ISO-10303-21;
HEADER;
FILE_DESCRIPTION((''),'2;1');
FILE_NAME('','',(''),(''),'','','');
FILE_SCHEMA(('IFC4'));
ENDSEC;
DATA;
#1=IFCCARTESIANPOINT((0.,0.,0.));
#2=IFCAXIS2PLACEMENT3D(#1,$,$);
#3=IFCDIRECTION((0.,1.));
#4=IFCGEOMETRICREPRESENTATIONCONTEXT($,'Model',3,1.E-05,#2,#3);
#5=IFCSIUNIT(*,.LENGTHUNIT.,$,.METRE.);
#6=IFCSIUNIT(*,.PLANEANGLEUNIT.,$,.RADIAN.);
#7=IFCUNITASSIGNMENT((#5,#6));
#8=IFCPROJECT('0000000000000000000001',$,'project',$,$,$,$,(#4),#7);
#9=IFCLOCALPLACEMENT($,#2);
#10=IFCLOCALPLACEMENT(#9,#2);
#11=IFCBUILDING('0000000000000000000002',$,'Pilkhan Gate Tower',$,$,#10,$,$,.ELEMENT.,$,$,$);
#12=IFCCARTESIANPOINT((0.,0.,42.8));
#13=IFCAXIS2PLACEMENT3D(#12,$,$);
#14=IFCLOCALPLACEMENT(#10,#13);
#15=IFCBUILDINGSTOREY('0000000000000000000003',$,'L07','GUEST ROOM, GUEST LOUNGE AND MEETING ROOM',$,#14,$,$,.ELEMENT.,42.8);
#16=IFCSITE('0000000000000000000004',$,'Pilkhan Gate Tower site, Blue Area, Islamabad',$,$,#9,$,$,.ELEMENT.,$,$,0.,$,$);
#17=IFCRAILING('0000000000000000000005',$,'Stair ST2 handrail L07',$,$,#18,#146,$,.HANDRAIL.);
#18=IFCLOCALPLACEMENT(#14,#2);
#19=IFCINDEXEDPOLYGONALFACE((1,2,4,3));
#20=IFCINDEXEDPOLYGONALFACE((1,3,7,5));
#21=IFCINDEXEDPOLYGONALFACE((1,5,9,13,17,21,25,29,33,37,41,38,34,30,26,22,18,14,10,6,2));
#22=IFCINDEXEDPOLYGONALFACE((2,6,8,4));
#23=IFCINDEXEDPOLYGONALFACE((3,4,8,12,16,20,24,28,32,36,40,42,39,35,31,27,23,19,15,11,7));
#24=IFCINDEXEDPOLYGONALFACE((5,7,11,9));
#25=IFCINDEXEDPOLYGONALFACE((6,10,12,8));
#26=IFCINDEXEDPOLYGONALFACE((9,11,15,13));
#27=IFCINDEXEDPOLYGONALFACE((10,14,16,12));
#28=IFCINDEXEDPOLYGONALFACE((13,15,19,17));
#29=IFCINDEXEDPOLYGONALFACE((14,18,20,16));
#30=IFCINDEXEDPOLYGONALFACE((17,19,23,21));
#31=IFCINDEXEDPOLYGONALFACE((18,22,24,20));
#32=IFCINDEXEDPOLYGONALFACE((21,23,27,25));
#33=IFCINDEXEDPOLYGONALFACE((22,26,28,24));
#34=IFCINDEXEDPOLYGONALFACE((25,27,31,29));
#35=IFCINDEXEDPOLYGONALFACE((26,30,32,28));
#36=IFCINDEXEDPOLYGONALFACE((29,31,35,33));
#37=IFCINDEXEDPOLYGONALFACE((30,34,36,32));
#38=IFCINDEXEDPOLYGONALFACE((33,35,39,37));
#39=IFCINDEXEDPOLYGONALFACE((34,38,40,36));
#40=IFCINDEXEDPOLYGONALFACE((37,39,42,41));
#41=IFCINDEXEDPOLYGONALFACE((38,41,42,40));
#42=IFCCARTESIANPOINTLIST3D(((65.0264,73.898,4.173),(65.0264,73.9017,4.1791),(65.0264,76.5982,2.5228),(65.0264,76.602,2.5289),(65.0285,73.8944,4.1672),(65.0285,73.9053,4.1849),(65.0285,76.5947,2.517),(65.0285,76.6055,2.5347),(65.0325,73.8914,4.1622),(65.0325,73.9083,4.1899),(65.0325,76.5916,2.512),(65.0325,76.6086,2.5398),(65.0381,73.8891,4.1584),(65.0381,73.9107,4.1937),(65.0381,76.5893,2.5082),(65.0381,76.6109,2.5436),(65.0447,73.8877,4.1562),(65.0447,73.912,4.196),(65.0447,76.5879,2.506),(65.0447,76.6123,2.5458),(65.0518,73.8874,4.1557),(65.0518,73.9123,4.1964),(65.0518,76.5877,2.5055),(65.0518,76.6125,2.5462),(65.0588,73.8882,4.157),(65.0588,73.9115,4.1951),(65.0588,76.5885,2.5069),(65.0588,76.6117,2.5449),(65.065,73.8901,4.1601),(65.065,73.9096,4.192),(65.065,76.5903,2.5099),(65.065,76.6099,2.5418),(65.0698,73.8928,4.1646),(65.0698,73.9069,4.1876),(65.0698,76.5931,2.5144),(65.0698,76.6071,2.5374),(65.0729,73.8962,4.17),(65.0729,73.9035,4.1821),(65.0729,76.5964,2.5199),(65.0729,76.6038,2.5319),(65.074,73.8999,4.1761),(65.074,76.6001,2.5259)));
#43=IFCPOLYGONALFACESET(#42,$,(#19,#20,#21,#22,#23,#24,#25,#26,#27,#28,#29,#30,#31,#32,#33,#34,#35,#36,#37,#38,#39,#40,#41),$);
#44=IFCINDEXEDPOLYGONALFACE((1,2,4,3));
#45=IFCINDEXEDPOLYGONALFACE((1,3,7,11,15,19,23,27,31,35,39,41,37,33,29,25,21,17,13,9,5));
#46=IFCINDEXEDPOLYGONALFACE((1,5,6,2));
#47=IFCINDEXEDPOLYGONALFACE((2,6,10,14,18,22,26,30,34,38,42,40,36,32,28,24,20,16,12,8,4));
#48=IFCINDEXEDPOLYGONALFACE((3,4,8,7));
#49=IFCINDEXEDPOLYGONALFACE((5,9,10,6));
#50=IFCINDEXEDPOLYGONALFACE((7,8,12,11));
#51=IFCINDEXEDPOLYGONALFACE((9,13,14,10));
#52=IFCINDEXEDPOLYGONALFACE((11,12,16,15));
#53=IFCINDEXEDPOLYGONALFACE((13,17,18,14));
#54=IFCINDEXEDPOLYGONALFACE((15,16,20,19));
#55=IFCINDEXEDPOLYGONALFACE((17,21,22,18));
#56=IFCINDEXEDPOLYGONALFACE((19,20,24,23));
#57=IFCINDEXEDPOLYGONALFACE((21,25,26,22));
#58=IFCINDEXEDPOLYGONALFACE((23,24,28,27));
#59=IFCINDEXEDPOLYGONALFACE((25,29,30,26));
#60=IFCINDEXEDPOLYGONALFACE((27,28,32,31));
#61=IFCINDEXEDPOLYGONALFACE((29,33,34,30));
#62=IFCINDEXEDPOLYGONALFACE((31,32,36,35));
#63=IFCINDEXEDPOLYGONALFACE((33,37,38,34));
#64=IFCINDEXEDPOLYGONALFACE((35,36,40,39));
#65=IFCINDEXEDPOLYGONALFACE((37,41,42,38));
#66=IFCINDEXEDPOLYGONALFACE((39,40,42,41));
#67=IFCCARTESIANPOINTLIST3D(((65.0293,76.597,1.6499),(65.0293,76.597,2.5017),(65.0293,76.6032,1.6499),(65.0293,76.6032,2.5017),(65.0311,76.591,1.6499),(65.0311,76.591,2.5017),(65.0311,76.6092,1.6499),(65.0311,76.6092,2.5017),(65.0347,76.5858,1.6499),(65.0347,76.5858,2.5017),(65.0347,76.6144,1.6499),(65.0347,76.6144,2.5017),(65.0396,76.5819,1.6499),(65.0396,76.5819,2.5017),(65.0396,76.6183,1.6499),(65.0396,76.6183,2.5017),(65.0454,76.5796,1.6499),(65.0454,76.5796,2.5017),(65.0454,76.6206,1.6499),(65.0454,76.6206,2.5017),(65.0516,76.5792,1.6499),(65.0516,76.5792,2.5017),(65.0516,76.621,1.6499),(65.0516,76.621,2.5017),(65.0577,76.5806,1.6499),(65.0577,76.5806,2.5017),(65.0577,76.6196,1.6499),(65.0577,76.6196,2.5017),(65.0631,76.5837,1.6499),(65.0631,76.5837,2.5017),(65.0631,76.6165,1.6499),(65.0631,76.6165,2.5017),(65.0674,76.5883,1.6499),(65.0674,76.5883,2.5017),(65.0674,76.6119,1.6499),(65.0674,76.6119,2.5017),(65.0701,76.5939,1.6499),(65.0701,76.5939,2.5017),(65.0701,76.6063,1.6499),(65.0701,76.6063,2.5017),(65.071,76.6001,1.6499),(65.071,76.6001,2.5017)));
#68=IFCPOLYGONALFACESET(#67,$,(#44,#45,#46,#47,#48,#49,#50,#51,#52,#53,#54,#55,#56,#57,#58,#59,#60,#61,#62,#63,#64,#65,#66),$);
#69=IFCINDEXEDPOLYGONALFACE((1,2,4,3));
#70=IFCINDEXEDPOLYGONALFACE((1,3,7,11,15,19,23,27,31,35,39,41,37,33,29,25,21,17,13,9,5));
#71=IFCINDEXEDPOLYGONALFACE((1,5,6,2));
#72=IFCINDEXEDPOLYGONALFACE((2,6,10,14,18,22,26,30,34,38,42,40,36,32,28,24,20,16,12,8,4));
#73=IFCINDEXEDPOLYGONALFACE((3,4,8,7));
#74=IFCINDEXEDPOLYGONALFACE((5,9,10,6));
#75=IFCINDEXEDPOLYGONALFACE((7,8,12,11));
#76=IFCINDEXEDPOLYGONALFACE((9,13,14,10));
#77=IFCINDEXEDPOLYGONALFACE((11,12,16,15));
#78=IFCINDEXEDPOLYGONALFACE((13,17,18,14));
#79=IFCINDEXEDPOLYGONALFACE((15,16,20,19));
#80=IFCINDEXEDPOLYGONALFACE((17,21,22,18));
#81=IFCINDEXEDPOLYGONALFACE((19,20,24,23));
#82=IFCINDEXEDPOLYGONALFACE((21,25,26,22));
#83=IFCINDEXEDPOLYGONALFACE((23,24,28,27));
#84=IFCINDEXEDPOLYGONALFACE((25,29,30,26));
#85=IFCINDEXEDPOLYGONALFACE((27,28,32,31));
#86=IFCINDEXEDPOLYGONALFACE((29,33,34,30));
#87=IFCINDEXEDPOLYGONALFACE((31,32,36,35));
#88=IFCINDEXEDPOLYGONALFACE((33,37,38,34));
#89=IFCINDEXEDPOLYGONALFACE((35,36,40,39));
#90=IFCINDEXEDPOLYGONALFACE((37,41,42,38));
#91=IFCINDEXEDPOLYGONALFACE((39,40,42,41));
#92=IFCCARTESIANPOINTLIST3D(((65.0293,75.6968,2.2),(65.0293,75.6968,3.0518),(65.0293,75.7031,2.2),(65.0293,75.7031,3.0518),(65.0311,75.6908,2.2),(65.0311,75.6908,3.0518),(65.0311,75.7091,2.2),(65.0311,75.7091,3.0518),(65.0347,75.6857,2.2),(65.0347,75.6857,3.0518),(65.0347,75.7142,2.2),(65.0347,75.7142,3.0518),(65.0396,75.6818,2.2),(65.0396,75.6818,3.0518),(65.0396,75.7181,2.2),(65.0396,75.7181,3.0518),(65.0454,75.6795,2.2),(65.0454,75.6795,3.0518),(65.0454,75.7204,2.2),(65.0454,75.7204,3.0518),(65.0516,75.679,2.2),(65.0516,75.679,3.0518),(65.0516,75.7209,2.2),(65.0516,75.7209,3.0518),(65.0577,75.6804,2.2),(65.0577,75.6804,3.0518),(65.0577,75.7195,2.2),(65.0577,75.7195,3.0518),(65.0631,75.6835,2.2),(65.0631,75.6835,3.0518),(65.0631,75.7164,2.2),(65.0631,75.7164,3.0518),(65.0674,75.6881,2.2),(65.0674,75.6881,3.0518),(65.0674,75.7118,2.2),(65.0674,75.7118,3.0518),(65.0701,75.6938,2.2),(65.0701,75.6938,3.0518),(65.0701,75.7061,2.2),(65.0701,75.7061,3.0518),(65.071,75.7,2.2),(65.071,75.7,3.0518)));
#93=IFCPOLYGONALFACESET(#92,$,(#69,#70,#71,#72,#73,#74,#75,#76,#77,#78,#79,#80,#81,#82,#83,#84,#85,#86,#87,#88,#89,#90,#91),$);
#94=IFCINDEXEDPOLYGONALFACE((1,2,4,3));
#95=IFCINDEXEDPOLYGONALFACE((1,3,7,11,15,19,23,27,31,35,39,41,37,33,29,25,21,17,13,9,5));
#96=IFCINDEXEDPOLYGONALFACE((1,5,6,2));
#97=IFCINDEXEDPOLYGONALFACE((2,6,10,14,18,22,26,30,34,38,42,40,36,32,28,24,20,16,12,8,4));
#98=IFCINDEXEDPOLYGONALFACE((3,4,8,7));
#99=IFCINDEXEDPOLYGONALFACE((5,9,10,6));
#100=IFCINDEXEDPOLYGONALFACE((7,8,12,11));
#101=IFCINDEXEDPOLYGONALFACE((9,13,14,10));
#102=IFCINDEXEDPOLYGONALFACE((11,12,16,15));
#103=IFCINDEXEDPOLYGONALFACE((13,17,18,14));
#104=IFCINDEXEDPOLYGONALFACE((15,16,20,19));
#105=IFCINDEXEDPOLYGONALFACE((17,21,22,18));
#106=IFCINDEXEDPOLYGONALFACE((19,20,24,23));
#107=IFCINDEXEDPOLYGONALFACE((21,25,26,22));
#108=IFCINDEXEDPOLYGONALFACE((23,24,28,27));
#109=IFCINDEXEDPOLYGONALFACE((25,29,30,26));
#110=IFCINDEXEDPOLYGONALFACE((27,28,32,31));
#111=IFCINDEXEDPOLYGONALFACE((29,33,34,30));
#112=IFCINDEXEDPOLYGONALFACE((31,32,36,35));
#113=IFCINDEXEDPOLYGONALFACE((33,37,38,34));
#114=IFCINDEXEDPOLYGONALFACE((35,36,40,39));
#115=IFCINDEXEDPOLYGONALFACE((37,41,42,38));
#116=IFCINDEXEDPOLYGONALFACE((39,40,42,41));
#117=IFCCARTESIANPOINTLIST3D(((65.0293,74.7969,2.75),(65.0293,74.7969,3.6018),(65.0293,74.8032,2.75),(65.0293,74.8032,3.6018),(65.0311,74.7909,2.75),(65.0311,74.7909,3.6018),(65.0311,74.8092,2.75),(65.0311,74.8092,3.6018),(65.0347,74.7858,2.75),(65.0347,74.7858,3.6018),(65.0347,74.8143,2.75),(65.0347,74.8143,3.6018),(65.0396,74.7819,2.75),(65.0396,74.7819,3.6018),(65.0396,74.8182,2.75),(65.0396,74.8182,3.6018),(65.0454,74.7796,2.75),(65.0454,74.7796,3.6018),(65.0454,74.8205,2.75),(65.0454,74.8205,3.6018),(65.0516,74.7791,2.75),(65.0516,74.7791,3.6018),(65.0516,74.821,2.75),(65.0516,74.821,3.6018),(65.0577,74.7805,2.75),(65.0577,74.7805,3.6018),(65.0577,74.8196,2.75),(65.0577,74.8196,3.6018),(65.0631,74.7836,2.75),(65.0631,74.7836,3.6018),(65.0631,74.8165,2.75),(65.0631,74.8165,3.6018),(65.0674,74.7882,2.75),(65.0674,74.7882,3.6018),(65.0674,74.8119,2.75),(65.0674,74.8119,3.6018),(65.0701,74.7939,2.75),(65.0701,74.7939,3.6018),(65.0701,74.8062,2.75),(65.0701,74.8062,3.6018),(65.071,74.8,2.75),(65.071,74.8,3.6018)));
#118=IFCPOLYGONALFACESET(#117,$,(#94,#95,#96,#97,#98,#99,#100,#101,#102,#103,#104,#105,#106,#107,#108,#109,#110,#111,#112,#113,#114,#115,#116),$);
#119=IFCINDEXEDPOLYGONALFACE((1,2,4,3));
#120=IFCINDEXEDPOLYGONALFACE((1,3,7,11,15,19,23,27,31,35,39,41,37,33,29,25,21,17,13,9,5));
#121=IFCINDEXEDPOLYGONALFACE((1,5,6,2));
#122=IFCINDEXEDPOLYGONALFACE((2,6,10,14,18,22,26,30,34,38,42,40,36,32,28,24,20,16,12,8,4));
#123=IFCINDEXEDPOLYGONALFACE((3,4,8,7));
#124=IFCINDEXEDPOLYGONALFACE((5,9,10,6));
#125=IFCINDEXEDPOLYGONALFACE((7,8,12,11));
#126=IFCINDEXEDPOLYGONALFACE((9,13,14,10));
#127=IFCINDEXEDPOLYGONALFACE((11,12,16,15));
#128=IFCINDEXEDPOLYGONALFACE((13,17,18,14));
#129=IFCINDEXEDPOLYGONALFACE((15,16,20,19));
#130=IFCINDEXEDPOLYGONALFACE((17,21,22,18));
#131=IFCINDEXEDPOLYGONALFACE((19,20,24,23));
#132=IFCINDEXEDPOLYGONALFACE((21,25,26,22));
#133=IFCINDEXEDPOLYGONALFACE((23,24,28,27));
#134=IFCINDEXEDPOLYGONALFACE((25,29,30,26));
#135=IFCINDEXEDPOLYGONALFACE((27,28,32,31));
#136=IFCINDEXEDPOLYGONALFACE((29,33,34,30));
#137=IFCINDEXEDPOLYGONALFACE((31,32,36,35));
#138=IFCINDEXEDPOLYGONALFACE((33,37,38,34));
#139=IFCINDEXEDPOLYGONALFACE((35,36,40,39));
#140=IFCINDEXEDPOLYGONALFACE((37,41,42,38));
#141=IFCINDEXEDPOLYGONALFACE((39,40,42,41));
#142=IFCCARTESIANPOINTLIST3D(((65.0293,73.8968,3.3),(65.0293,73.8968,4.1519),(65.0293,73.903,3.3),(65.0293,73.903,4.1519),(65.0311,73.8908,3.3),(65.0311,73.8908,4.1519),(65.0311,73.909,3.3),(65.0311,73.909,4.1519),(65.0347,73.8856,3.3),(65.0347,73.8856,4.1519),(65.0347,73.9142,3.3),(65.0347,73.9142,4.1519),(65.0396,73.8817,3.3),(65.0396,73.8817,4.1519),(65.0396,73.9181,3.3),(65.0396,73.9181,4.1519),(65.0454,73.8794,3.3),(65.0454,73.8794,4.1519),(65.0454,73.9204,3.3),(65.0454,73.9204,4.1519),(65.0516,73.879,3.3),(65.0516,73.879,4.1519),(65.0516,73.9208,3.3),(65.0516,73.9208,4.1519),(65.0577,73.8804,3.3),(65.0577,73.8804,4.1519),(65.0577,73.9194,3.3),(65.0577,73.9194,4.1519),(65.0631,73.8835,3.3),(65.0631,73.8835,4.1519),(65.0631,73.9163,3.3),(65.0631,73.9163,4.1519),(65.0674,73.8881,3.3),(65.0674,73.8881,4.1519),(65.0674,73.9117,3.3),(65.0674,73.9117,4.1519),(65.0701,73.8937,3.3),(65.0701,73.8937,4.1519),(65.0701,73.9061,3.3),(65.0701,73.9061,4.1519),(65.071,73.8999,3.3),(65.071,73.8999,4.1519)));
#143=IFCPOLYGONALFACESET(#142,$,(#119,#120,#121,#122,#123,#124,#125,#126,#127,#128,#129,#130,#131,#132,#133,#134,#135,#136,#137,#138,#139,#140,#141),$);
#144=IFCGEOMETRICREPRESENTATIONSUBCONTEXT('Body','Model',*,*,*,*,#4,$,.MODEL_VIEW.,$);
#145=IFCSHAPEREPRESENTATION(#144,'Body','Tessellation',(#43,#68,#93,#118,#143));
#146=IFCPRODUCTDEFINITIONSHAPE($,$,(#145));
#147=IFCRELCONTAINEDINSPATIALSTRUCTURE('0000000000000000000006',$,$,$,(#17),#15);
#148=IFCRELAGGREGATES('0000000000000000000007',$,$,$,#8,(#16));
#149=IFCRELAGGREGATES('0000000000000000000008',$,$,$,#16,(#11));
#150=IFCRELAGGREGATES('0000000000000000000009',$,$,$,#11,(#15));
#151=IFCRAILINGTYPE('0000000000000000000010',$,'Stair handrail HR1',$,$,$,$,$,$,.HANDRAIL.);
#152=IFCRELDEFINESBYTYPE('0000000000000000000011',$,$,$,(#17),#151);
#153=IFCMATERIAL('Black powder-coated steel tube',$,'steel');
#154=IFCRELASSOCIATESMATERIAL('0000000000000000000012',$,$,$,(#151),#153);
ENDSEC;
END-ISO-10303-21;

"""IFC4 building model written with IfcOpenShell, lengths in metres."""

from ifc_helpers import new_model, si_unit, direction, frame, origin, origin_2d, place, context, subcontext, project, spatial, circle, extrude, material, type_object, element, save


model = new_model("IFC4")

# Units and contexts
model_context = context("Model", 3, precision=1e-05, world=origin(), true_north=direction((0.0, 1.0)))
body_context = subcontext(model_context, "Body", "Model", "MODEL_VIEW")
ifc_project = project(units=[si_unit("LENGTHUNIT", "METRE"), si_unit("PLANEANGLEUNIT", "RADIAN")], contexts=[model_context])

# Site, building, storey
site_placement = place(None, origin())
site = spatial("IfcSite", under=ifc_project, at=site_placement, Name="Pilkhan Gate Tower site, Blue Area, Islamabad", CompositionType="ELEMENT", RefElevation=0.0)
building_placement = place(site_placement, origin())
building = spatial("IfcBuilding", under=site, at=building_placement, Name="Pilkhan Gate Tower", CompositionType="ELEMENT")
storey_placement = place(building_placement, frame((0.0, 0.0, 42.8)))
storey = spatial("IfcBuildingStorey", under=building, at=storey_placement, Name="L07", Description="GUEST ROOM, GUEST LOUNGE AND MEETING ROOM", CompositionType="ELEMENT", Elevation=42.8)

# Railing
ifc_material_1 = material(Name="Black powder-coated steel tube", Category="steel")
railing_type_1 = type_object("IfcRailingType", Name="Stair handrail HR1", PredefinedType="HANDRAIL", material=ifc_material_1)
railing_1_placement = place(storey_placement, frame((65.05, 76.6001, 1.6499)))
element("IfcRailing", 1, at=railing_1_placement, inside=storey, type_object=railing_type_1, Name="Stair ST2 handrail L07", PredefinedType="HANDRAIL", context=body_context, shape_type="SweptSolid", body=[
    extrude(circle(Radius=0.0239, at=origin_2d()), frame((0.0, 0.0, 0.876), z_axis=(0.0, -0.853278, 0.521456), x_axis=(1.0, 0.0, 0.0)), (0.0, 0.0, 1.0), 3.1646),
    extrude(circle(Radius=0.021, at=origin_2d()), origin(), (0.0, 0.0, 1.0), 0.8518),
    extrude(circle(Radius=0.021, at=origin_2d()), frame((0.0, -0.9001, 0.55)), (0.0, 0.0, 1.0), 0.8518),
    extrude(circle(Radius=0.021, at=origin_2d()), frame((0.0, -1.8, 1.1001)), (0.0, 0.0, 1.0), 0.8518),
    extrude(circle(Radius=0.021, at=origin_2d()), frame((0.0, -2.7002, 1.6501)), (0.0, 0.0, 1.0), 0.8518),
])

save(model, "model.ifc")
